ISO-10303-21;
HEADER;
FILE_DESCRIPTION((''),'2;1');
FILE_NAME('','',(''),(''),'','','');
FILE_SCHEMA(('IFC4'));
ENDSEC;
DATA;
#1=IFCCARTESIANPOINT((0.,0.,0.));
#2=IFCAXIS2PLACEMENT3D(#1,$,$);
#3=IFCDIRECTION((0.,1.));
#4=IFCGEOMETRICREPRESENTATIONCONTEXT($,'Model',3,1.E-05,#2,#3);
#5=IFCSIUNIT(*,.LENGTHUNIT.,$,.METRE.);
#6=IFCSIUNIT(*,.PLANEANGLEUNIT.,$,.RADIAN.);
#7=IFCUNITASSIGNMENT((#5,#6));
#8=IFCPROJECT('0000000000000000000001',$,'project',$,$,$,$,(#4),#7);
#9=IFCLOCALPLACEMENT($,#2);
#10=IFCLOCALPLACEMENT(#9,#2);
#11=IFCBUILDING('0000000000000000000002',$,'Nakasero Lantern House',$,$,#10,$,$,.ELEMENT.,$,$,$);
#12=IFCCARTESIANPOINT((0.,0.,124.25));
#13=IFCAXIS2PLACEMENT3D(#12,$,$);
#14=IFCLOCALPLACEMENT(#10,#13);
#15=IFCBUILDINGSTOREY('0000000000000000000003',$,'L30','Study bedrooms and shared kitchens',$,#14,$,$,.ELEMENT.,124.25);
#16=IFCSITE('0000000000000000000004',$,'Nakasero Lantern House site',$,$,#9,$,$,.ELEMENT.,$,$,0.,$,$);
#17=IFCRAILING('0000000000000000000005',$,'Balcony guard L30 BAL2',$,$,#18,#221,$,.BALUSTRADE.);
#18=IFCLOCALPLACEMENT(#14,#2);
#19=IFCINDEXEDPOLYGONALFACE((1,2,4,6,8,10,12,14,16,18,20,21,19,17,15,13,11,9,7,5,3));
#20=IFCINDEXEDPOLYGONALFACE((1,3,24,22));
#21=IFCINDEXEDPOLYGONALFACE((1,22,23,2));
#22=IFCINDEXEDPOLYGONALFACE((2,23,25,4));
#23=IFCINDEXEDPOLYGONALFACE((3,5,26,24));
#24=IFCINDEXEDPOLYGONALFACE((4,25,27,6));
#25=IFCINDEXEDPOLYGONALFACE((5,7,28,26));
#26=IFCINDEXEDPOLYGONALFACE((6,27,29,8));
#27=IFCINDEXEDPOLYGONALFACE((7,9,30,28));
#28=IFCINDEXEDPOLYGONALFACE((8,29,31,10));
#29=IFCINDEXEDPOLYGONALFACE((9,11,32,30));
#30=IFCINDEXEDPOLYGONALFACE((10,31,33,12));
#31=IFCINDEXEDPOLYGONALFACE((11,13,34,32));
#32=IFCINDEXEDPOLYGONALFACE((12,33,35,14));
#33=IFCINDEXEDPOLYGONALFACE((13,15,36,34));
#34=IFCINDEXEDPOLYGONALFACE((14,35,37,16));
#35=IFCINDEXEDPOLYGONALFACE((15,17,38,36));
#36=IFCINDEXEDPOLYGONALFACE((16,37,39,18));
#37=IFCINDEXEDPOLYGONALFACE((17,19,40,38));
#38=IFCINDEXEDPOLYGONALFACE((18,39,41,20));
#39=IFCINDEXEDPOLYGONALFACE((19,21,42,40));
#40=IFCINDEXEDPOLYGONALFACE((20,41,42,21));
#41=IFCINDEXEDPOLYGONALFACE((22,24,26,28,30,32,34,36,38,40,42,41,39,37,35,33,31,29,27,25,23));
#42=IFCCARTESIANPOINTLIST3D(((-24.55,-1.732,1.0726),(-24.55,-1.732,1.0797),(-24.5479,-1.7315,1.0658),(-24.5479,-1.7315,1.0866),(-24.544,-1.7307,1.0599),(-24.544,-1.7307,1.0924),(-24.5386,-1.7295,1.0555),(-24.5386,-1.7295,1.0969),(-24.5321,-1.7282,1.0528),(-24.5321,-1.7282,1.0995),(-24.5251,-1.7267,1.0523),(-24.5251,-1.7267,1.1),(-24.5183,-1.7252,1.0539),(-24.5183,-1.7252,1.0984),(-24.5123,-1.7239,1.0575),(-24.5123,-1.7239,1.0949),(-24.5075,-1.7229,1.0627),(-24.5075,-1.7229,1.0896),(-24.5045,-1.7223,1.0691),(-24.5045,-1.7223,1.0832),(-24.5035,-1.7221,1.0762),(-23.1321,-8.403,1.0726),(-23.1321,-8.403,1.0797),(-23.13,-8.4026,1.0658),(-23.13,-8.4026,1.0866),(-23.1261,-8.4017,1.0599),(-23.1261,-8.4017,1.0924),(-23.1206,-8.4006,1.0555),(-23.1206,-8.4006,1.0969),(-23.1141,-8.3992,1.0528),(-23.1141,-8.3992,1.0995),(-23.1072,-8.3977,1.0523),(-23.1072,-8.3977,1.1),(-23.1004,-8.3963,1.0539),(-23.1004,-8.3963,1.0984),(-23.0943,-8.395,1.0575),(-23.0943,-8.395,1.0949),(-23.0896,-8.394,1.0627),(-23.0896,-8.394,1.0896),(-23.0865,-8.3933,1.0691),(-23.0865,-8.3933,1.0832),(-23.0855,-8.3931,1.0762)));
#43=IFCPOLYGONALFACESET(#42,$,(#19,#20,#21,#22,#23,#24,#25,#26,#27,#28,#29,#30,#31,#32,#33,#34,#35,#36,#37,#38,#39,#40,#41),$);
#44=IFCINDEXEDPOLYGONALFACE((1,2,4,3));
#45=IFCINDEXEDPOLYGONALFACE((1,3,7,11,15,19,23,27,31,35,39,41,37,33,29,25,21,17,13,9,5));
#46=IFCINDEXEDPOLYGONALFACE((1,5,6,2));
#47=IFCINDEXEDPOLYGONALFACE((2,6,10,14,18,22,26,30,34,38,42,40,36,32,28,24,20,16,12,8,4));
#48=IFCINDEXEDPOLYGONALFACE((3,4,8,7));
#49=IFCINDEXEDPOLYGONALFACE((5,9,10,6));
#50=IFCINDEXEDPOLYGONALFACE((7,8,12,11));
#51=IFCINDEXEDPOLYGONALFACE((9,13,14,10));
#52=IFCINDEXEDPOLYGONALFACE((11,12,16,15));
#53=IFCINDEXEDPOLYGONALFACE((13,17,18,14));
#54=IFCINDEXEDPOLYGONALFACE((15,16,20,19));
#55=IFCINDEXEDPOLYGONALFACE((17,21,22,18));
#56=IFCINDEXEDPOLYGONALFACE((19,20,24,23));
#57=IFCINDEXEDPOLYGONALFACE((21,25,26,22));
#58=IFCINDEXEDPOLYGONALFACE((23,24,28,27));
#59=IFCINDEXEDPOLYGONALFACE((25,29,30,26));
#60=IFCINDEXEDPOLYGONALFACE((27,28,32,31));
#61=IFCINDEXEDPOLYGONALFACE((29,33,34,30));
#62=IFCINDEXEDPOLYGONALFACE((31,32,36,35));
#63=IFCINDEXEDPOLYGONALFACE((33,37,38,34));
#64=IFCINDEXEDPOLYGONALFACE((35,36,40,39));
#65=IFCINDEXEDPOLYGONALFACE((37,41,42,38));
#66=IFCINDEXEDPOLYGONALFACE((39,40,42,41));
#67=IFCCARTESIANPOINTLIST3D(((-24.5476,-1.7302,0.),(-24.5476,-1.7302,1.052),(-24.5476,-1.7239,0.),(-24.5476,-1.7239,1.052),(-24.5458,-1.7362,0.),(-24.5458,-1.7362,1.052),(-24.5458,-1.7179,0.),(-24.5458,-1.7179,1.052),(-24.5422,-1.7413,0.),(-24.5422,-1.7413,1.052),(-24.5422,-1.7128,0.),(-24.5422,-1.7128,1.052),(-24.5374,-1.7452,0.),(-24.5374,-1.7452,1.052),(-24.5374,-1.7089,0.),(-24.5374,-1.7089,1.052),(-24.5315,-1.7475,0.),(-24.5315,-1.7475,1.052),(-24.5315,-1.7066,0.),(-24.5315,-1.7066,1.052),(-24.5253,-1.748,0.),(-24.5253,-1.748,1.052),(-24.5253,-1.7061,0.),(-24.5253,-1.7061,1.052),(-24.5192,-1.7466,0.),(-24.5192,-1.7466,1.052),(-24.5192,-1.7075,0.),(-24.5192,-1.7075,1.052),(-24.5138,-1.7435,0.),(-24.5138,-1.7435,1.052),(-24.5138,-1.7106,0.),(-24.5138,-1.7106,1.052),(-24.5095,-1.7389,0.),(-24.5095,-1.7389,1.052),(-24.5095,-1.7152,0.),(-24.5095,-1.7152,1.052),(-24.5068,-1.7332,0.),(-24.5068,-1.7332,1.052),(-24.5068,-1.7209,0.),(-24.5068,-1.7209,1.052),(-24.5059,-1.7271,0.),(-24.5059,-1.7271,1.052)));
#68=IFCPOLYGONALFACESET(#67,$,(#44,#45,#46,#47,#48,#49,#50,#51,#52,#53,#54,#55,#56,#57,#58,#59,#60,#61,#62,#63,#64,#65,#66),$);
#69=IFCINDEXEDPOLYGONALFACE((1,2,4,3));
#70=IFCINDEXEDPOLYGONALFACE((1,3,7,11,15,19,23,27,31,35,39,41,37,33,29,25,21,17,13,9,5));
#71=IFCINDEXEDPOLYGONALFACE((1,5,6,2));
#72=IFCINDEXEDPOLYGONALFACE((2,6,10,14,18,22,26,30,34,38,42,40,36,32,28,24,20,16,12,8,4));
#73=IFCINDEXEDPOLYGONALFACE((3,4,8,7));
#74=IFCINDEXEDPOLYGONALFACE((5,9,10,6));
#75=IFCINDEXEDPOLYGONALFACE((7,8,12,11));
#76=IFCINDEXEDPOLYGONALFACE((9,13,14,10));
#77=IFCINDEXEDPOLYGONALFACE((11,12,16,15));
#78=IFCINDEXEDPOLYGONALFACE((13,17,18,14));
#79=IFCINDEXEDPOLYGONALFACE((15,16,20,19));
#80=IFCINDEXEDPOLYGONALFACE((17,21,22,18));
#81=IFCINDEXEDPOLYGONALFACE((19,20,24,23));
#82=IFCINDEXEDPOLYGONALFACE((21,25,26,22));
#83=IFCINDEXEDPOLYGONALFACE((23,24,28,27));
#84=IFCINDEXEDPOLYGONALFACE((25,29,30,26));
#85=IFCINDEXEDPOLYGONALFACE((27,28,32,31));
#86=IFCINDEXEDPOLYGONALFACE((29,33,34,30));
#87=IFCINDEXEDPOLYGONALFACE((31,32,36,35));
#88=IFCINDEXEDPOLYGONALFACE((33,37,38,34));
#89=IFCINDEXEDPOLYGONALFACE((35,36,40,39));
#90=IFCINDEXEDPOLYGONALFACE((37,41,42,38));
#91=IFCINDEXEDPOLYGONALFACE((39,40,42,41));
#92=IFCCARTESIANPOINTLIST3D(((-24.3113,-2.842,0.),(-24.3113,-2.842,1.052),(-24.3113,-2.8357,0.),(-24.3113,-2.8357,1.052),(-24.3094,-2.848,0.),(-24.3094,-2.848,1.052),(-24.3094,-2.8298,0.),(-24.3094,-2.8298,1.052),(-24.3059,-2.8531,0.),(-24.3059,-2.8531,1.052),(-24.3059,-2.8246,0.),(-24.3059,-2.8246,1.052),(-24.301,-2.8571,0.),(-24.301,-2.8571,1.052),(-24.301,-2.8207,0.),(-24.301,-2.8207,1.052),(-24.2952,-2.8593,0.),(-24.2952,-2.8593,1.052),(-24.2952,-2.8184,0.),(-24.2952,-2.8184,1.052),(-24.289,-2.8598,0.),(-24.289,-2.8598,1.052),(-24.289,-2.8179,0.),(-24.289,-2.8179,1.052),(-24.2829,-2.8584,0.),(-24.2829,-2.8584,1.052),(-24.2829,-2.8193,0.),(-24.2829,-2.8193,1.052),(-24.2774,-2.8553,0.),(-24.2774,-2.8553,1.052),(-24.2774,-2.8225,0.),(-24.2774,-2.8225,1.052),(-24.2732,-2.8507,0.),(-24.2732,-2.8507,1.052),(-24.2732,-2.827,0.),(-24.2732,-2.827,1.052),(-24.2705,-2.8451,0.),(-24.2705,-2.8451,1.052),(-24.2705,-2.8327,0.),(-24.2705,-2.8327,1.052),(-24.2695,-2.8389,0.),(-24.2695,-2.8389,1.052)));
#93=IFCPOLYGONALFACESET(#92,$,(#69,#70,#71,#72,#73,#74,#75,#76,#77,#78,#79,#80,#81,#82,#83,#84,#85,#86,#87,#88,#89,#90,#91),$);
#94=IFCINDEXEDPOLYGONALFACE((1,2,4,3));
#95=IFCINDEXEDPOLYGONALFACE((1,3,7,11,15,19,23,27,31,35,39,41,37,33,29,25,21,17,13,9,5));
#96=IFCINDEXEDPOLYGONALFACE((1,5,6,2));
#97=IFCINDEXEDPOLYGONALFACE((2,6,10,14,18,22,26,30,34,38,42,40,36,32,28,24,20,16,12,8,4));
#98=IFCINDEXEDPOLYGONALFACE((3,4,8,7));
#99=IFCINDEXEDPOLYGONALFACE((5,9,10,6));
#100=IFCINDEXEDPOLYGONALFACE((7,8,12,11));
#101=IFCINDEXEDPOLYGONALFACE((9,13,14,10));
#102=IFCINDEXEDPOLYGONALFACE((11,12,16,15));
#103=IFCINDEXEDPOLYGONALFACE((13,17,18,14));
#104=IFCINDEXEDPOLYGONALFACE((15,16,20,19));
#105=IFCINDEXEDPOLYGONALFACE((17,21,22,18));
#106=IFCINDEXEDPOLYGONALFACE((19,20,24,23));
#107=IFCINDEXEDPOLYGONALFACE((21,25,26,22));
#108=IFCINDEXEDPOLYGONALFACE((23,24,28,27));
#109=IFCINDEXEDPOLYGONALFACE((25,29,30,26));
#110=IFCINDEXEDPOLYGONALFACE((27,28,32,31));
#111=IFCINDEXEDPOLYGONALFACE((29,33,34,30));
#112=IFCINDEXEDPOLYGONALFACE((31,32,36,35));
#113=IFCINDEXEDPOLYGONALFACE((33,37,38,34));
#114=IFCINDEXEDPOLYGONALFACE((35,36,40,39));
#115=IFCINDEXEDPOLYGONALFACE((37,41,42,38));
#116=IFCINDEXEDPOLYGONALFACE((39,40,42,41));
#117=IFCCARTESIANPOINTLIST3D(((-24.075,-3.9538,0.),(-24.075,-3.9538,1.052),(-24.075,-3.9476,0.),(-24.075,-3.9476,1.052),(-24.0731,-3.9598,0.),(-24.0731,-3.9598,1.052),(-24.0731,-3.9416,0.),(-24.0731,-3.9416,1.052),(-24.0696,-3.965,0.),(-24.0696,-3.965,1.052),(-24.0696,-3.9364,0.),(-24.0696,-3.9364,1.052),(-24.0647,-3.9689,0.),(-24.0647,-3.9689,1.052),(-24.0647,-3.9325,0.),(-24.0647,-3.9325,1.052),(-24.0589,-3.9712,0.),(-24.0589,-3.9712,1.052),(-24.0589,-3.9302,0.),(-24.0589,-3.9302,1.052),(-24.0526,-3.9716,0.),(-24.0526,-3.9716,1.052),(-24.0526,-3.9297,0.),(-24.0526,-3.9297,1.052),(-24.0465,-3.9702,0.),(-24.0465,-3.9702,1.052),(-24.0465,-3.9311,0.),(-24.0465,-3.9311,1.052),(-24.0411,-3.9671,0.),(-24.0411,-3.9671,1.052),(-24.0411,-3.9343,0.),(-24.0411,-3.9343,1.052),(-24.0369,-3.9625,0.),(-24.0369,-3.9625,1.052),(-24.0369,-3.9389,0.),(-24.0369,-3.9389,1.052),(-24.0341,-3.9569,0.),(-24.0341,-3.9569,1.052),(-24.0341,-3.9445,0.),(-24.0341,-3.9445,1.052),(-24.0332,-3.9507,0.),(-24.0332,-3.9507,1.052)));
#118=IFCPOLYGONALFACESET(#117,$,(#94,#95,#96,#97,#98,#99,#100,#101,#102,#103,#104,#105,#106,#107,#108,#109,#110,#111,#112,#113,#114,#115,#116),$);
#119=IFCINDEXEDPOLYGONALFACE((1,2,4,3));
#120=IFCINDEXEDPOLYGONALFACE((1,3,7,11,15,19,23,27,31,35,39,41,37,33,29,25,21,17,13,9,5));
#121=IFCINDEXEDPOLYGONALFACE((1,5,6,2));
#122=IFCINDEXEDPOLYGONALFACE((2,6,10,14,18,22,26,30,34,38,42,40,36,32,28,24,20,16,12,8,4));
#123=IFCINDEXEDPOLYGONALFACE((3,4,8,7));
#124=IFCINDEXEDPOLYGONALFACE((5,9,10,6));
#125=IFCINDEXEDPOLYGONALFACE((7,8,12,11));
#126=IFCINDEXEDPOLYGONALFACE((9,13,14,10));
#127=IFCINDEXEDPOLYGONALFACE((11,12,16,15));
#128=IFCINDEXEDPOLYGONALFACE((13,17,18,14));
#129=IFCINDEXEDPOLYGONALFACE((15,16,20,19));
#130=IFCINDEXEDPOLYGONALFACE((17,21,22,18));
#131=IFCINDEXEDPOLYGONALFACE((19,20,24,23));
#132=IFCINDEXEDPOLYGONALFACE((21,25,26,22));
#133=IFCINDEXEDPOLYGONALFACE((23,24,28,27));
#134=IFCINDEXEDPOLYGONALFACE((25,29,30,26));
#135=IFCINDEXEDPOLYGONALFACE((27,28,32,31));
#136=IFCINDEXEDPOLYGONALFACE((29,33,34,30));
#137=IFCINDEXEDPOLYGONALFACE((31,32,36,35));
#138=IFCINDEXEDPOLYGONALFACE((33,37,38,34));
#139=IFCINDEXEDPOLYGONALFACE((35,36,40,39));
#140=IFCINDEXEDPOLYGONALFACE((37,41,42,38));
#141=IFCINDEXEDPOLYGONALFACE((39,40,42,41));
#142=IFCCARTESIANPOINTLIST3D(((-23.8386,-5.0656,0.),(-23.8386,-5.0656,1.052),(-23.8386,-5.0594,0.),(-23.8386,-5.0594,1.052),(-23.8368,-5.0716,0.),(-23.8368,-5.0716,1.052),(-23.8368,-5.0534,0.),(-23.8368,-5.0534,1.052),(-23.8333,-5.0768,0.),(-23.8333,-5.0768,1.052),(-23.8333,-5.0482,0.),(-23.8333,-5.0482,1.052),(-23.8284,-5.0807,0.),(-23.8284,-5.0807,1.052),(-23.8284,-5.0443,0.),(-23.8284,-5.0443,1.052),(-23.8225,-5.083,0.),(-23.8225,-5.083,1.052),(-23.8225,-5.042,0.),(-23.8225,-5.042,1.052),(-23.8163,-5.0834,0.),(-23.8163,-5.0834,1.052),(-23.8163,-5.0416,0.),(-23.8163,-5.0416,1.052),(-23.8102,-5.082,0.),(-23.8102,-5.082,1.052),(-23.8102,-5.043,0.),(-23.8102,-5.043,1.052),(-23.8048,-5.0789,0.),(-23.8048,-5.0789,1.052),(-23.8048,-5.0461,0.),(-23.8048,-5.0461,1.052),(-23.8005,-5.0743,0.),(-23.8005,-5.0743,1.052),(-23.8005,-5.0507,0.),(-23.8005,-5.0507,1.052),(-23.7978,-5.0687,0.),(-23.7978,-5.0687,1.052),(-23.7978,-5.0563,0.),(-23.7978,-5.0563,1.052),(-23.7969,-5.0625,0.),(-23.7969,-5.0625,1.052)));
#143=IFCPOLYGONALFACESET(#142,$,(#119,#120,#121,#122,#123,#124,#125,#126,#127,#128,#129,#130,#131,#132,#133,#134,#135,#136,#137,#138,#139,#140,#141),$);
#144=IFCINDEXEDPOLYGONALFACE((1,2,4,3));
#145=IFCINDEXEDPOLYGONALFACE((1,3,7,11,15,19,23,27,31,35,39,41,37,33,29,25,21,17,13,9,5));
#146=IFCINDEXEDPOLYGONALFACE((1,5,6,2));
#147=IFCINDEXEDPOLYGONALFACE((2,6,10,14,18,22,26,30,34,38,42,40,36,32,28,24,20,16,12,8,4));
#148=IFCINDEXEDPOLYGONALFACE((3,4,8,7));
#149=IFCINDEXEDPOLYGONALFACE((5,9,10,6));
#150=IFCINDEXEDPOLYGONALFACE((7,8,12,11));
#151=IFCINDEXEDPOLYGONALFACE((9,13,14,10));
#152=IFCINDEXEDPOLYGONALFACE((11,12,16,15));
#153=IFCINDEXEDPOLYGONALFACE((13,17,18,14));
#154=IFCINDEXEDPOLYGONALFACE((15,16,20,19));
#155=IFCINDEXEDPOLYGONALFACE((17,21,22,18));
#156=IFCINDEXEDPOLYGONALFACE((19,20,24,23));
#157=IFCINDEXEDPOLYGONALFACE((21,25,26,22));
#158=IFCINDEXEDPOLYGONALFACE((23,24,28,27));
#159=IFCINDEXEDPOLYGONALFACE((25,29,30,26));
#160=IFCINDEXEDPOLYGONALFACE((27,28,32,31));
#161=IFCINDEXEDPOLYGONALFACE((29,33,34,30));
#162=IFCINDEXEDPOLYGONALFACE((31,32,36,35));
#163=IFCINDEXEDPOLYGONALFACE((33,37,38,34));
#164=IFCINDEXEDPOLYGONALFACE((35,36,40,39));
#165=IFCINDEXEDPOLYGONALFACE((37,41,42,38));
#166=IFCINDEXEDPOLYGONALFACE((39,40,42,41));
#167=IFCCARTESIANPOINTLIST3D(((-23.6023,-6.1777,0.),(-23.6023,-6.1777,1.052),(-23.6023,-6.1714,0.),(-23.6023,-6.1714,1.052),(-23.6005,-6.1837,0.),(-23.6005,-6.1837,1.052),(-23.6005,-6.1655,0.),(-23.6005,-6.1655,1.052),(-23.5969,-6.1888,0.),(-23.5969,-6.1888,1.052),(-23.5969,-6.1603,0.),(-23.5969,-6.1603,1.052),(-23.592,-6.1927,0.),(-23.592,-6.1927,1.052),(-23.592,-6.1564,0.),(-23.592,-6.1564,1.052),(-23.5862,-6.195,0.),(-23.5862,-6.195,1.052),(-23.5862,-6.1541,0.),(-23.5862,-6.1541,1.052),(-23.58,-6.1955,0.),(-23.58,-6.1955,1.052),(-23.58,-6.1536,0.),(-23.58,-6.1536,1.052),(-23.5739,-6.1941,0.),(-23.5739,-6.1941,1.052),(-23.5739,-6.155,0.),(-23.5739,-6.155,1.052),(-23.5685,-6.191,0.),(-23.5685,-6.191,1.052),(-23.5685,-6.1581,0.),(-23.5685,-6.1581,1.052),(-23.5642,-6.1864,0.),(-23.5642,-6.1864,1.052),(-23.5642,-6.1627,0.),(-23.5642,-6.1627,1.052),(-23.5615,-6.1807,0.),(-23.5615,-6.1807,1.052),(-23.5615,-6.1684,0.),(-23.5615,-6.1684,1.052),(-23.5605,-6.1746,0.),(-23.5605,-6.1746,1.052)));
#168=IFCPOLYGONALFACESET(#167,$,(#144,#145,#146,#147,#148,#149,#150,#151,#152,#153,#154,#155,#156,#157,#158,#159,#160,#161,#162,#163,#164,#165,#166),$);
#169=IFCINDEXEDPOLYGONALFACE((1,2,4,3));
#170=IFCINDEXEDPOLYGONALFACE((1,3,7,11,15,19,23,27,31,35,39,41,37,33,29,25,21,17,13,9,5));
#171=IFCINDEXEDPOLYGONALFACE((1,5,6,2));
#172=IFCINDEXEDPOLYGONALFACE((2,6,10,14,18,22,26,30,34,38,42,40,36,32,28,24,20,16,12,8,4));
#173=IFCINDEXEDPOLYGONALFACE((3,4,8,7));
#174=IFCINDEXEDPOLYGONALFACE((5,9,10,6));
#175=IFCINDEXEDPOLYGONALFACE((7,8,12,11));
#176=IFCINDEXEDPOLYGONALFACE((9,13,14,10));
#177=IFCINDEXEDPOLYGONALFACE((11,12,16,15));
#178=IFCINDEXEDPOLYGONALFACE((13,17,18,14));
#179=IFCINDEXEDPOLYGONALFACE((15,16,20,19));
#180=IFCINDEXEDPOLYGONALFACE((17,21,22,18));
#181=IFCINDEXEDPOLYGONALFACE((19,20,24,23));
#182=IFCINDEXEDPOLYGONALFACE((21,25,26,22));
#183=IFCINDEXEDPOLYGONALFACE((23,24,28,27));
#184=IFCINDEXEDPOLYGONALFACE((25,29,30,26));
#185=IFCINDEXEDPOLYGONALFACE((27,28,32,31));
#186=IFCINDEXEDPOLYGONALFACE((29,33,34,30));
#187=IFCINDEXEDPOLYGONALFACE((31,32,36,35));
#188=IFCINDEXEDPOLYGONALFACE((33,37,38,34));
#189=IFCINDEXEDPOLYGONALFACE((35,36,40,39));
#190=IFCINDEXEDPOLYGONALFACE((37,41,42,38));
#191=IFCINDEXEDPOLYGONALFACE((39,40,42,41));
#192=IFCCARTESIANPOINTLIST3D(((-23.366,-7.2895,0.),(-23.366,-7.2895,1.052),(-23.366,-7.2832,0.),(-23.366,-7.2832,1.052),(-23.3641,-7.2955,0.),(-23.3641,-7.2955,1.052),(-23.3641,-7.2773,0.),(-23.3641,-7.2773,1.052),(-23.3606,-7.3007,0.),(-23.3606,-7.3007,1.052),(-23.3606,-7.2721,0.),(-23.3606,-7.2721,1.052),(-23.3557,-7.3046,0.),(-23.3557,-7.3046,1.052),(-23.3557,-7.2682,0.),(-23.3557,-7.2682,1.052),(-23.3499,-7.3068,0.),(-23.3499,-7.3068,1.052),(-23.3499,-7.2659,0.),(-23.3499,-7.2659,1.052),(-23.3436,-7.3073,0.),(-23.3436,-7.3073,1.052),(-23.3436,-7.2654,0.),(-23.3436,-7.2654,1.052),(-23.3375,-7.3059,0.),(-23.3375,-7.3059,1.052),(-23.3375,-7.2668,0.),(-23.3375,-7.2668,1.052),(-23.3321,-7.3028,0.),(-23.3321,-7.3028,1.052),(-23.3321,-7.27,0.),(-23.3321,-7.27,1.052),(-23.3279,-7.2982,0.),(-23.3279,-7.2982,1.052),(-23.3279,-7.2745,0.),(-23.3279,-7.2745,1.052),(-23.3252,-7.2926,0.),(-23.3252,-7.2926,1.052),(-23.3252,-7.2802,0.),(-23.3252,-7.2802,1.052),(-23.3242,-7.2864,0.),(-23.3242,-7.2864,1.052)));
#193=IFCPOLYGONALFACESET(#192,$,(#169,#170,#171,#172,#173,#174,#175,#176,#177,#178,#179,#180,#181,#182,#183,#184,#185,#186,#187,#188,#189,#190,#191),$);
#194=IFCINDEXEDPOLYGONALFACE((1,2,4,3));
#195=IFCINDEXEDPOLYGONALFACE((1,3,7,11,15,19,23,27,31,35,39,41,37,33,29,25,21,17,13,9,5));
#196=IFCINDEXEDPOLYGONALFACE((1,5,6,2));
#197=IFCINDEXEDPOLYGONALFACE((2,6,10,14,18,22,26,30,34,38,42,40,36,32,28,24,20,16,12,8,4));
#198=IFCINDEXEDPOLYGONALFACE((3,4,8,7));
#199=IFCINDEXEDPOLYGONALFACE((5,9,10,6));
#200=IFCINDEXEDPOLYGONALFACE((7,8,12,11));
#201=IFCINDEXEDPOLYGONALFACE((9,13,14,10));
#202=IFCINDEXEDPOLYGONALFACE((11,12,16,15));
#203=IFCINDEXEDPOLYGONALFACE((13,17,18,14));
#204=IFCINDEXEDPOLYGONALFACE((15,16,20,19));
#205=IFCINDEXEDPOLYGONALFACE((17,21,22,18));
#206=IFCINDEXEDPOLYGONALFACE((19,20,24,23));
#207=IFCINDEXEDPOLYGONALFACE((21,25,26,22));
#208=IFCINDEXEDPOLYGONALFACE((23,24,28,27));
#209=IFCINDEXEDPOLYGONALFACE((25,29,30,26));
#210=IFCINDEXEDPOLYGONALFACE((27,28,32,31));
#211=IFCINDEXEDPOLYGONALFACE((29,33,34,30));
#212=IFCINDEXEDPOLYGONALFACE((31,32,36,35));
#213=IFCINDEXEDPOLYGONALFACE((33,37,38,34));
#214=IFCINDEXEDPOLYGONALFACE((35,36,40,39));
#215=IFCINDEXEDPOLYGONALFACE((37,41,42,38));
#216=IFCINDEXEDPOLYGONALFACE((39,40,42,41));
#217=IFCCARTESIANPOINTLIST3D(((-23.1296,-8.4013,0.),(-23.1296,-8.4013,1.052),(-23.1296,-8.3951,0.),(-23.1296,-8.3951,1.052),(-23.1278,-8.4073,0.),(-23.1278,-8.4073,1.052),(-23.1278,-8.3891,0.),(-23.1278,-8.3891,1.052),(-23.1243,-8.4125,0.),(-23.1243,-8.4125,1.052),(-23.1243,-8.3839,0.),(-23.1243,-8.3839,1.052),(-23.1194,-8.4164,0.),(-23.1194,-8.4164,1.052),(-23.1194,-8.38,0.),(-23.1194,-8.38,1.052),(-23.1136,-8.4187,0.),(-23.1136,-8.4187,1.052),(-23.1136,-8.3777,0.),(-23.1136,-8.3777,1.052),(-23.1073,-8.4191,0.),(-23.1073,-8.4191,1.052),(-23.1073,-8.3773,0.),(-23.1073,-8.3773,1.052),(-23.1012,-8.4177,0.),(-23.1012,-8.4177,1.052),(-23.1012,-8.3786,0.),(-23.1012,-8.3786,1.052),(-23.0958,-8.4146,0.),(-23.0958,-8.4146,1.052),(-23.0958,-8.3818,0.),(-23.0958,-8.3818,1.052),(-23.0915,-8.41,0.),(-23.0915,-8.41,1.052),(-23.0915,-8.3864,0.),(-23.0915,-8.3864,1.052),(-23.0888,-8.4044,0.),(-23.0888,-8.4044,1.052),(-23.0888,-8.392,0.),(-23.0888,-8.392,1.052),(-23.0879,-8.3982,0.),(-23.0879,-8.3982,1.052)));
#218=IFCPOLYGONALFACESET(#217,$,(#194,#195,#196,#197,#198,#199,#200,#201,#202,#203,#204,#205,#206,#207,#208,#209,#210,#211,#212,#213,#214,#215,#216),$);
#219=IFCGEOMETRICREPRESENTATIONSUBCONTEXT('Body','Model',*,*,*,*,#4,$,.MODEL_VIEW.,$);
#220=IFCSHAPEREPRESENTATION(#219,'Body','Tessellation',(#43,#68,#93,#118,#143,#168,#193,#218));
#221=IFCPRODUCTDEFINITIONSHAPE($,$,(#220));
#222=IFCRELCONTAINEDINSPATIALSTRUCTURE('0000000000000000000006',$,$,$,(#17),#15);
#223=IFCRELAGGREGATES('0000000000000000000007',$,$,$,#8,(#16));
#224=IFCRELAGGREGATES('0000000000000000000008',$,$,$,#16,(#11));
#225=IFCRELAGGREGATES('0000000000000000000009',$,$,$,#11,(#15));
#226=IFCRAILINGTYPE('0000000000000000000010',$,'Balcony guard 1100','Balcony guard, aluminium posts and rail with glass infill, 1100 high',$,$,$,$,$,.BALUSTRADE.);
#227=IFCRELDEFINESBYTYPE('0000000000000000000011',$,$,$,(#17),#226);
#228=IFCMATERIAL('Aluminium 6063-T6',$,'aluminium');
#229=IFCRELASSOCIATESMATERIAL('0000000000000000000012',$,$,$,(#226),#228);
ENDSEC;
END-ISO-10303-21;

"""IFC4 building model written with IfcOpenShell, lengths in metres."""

from ifc_helpers import new_model, si_unit, direction, frame, origin, origin_2d, place, context, subcontext, project, spatial, circle, extrude, material, type_object, element, save


model = new_model("IFC4")

# Units and contexts
model_context = context("Model", 3, precision=1e-05, world=origin(), true_north=direction((0.0, 1.0)))
body_context = subcontext(model_context, "Body", "Model", "MODEL_VIEW")
ifc_project = project(units=[si_unit("LENGTHUNIT", "METRE"), si_unit("PLANEANGLEUNIT", "RADIAN")], contexts=[model_context])

# Site, building, storey
site_placement = place(None, origin())
site = spatial("IfcSite", under=ifc_project, at=site_placement, Name="Nakasero Lantern House site", CompositionType="ELEMENT", RefElevation=0.0)
building_placement = place(site_placement, origin())
building = spatial("IfcBuilding", under=site, at=building_placement, Name="Nakasero Lantern House", CompositionType="ELEMENT")
storey_placement = place(building_placement, frame((0.0, 0.0, 124.25)))
storey = spatial("IfcBuildingStorey", under=building, at=storey_placement, Name="L30", Description="Study bedrooms and shared kitchens", CompositionType="ELEMENT", Elevation=124.25)

# Railing
ifc_material_1 = material(Name="Aluminium 6063-T6", Category="aluminium")
railing_type = type_object("IfcRailingType", Name="Balcony guard 1100", Description="Balcony guard, aluminium posts and rail with glass infill, 1100 high", PredefinedType="BALUSTRADE", material=ifc_material_1)
railing_placement = place(storey_placement, frame((-24.5269, -1.7271, 0.0)))
element("IfcRailing", 1, at=railing_placement, inside=storey, type_object=railing_type, Name="Balcony guard L30 BAL2", PredefinedType="BALUSTRADE", context=body_context, shape_type="SweptSolid", body=[
    extrude(circle(Radius=0.0239, at=origin_2d()), frame((0.0, 0.0, 1.0762), z_axis=(0.207908, -0.978148, 0.0), x_axis=(0.978148, 0.207908, 0.0)), (0.0, 0.0, 1.0), 6.8201),
    extrude(circle(Radius=0.021, at=origin_2d()), origin(), (0.0, 0.0, 1.0), 1.052),
    extrude(circle(Radius=0.021, at=origin_2d()), frame((0.2363, -1.1118, 0.0)), (0.0, 0.0, 1.0), 1.052),
    extrude(circle(Radius=0.021, at=origin_2d()), frame((0.4727, -2.2236, 0.0)), (0.0, 0.0, 1.0), 1.052),
    extrude(circle(Radius=0.021, at=origin_2d()), frame((0.709, -3.3354, 0.0)), (0.0, 0.0, 1.0), 1.052),
    extrude(circle(Radius=0.021, at=origin_2d()), frame((0.9453, -4.4475, 0.0)), (0.0, 0.0, 1.0), 1.052),
    extrude(circle(Radius=0.021, at=origin_2d()), frame((1.1816, -5.5593, 0.0)), (0.0, 0.0, 1.0), 1.052),
    extrude(circle(Radius=0.021, at=origin_2d()), frame((1.418, -6.6711, 0.0)), (0.0, 0.0, 1.0), 1.052),
])

save(model, "model.ifc")
